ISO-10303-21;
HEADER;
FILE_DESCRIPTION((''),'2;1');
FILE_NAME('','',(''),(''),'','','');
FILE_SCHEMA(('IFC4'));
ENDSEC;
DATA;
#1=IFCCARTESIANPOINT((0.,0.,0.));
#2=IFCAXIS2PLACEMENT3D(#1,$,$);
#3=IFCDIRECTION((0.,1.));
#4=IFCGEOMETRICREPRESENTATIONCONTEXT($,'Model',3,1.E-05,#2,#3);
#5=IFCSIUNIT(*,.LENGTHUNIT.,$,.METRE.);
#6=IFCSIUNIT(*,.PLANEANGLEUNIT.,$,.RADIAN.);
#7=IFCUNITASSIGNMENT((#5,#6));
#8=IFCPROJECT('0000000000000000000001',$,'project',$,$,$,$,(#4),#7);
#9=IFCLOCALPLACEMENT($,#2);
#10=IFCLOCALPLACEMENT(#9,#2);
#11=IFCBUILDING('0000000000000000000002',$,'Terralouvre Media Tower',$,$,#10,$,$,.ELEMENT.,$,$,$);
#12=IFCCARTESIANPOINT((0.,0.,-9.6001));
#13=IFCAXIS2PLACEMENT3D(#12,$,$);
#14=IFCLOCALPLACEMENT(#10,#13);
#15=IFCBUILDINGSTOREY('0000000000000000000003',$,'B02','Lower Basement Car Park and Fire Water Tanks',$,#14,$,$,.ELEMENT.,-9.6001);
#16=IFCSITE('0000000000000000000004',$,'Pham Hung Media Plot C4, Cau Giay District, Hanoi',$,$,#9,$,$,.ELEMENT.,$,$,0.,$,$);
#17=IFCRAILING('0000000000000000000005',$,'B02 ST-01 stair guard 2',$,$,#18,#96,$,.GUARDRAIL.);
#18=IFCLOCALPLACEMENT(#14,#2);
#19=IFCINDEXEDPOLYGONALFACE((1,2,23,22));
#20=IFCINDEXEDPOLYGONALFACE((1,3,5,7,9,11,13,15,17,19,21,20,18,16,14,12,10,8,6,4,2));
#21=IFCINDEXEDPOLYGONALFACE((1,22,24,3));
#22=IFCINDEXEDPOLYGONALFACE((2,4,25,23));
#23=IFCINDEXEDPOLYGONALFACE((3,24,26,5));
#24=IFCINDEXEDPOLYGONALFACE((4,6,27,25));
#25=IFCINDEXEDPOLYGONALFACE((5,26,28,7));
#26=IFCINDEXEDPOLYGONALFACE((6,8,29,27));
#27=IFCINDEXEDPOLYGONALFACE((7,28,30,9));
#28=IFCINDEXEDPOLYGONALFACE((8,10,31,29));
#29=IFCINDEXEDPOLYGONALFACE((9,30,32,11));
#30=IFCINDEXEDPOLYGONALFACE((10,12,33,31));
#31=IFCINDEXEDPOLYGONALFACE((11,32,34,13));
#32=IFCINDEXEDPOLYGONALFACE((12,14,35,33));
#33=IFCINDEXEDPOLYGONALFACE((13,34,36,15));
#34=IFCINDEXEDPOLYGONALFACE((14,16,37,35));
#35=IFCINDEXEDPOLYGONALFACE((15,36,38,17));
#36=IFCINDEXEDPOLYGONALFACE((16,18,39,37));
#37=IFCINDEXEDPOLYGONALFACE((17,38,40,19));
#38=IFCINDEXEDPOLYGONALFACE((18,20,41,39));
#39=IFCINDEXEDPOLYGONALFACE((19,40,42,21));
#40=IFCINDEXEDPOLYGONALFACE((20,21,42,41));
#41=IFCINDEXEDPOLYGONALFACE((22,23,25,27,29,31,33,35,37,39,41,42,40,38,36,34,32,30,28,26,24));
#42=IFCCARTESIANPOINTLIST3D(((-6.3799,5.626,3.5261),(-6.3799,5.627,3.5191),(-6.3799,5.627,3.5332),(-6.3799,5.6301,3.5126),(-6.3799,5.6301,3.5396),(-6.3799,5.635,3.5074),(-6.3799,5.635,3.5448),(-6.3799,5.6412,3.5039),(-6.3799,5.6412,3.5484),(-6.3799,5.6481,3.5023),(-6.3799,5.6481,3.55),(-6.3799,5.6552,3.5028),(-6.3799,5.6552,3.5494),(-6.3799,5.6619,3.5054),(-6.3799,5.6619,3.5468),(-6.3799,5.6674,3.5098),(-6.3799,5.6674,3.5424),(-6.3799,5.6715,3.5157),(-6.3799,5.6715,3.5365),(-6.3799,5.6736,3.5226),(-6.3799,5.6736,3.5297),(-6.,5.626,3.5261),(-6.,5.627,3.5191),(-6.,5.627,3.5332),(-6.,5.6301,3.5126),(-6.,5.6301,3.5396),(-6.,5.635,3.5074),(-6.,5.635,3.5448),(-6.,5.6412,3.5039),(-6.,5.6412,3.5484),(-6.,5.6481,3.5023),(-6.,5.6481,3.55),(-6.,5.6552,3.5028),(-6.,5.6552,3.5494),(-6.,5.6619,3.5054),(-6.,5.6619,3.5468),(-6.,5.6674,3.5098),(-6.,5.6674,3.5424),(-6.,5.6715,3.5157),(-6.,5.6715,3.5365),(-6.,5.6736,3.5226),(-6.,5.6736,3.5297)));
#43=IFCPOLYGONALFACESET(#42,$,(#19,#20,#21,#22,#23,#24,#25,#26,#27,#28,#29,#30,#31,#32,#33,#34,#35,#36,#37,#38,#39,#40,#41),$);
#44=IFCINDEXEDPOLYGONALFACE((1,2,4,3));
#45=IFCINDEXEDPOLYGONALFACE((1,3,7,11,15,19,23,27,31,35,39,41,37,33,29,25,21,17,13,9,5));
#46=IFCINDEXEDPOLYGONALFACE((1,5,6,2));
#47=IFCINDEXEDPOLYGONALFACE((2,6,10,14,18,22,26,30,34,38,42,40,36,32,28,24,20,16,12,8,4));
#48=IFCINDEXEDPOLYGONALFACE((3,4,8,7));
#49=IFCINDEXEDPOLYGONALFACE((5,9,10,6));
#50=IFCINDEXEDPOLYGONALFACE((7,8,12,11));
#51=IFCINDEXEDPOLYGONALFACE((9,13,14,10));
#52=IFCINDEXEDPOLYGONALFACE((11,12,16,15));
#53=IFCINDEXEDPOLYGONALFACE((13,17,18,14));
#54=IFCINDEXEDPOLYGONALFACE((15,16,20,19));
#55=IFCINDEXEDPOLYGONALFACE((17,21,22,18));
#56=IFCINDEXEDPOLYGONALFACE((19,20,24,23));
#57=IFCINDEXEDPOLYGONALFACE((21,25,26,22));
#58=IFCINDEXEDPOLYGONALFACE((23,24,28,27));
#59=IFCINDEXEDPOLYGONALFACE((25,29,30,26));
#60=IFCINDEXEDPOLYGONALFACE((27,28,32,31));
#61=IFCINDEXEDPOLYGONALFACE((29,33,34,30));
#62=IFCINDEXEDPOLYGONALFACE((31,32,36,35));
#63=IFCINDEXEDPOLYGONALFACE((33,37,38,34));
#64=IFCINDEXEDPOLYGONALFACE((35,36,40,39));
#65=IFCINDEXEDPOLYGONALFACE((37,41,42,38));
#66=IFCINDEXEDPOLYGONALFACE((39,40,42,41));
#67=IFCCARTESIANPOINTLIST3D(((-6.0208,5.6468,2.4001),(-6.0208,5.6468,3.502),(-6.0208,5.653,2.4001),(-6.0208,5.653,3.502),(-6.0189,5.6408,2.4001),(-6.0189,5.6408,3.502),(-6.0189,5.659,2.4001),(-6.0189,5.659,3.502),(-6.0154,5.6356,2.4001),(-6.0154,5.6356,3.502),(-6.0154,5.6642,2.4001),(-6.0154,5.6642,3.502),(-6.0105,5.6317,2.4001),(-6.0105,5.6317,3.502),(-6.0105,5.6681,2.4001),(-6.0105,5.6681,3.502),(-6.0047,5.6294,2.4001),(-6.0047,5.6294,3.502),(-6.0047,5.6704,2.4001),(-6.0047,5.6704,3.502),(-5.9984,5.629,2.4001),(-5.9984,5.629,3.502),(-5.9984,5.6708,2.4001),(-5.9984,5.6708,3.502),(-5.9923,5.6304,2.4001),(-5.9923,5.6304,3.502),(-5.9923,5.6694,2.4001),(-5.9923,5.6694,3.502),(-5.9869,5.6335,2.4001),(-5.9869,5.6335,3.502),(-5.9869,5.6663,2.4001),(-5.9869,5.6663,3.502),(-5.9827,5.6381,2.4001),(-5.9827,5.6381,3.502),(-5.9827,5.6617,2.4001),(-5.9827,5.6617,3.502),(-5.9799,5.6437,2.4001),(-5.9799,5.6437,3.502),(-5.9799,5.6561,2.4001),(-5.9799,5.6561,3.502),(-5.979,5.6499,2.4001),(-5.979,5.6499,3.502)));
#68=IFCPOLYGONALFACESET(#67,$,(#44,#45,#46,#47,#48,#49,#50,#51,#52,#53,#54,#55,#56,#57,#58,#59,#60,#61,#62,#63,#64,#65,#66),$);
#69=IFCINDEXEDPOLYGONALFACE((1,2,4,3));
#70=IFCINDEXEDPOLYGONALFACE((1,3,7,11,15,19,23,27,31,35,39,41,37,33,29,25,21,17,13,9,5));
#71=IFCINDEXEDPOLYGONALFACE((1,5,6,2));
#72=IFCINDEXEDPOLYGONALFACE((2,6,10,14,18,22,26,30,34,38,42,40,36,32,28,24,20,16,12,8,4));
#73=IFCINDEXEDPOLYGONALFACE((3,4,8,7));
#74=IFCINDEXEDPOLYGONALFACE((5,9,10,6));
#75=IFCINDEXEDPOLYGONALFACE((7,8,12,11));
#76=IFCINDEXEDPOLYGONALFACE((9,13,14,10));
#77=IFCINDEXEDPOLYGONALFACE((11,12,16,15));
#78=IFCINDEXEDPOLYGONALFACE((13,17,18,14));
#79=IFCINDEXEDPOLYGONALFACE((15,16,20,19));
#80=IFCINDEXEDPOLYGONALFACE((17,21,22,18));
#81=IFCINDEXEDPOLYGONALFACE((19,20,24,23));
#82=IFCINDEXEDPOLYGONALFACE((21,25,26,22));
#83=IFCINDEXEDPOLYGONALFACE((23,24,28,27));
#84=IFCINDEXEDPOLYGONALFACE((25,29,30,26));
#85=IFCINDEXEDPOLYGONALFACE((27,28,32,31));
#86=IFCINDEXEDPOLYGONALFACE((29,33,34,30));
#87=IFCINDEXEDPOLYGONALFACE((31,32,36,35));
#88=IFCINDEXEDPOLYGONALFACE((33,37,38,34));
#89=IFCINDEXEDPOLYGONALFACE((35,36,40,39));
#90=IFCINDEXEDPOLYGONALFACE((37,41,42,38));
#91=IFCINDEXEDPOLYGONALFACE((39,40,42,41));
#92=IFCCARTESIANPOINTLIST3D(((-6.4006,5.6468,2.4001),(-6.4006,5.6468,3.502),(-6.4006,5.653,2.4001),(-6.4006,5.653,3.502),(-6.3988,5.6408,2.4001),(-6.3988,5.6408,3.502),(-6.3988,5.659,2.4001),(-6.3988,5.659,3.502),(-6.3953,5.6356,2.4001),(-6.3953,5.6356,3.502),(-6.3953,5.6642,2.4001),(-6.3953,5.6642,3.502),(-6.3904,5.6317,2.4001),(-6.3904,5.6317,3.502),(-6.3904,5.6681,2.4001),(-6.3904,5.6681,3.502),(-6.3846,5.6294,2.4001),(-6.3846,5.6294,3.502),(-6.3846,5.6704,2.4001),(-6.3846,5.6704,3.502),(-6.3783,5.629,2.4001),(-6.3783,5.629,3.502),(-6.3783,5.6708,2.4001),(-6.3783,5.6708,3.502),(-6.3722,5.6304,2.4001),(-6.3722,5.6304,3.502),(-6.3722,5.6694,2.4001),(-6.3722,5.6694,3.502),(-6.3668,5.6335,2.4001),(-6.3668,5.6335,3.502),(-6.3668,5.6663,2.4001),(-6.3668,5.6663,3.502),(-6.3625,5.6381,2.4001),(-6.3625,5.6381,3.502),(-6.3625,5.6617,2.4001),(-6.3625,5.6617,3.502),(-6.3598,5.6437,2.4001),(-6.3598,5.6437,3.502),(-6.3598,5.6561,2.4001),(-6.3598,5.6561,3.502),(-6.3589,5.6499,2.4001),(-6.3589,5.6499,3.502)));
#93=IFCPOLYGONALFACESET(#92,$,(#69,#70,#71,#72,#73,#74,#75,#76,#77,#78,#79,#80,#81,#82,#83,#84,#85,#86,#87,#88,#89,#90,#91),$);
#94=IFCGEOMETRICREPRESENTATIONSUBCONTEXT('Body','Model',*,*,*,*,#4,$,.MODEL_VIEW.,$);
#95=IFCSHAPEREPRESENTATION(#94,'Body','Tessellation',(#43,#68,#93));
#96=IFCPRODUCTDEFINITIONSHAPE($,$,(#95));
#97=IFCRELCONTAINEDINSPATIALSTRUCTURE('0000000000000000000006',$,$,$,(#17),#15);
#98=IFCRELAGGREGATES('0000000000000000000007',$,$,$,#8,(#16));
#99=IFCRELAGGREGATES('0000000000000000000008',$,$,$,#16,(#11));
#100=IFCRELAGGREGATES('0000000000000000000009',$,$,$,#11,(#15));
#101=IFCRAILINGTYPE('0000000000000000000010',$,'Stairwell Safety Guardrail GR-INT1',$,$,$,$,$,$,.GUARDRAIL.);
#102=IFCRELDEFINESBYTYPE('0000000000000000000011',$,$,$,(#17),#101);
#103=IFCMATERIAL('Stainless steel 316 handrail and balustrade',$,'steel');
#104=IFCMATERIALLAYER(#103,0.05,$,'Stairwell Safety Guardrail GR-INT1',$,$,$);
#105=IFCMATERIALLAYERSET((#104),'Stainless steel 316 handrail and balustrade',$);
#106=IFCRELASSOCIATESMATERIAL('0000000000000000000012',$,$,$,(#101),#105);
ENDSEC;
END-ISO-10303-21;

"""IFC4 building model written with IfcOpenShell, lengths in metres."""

from ifc_helpers import new_model, si_unit, direction, frame, origin, origin_2d, place, context, subcontext, project, spatial, circle, extrude, material, layer, layer_set, type_object, element, save


model = new_model("IFC4")

# Units and contexts
model_context = context("Model", 3, precision=1e-05, world=origin(), true_north=direction((0.0, 1.0)))
body_context = subcontext(model_context, "Body", "Model", "MODEL_VIEW")
ifc_project = project(units=[si_unit("LENGTHUNIT", "METRE"), si_unit("PLANEANGLEUNIT", "RADIAN")], contexts=[model_context])

# Site, building, storey
site_placement = place(None, origin())
site = spatial("IfcSite", under=ifc_project, at=site_placement, Name="Pham Hung Media Plot C4, Cau Giay District, Hanoi", CompositionType="ELEMENT", RefElevation=0.0)
building_placement = place(site_placement, origin())
building = spatial("IfcBuilding", under=site, at=building_placement, Name="Terralouvre Media Tower", CompositionType="ELEMENT")
storey_placement = place(building_placement, frame((0.0, 0.0, -9.6001)))
storey = spatial("IfcBuildingStorey", under=building, at=storey_placement, Name="B02", Description="Lower Basement Car Park and Fire Water Tanks", CompositionType="ELEMENT", Elevation=-9.6001)

# Railing
ifc_material_1 = material(Name="Stainless steel 316 handrail and balustrade", Category="steel")
ifc_layer_1 = layer(ifc_material_1, 0.05, Name="Stairwell Safety Guardrail GR-INT1")
ifc_layer_set_1 = layer_set([ifc_layer_1], Name="Stainless steel 316 handrail and balustrade")
railing_type_1 = type_object("IfcRailingType", Name="Stairwell Safety Guardrail GR-INT1", PredefinedType="GUARDRAIL", material=ifc_layer_set_1)
railing_1_placement = place(storey_placement, frame((-6.0, 5.6499, 2.4001)))
element("IfcRailing", 1, at=railing_1_placement, inside=storey, type_object=railing_type_1, Name="B02 ST-01 stair guard 2", PredefinedType="GUARDRAIL", context=body_context, shape_type="SweptSolid", body=[
    extrude(circle(Radius=0.0239, at=origin_2d()), frame((0.0, 0.0, 1.126), z_axis=(-1.0, 0.0, 0.0), x_axis=(0.0, -1.0, 0.0)), (0.0, 0.0, 1.0), 0.3799),
    extrude(circle(Radius=0.021, at=origin_2d()), origin(), (0.0, 0.0, 1.0), 1.1018),
    extrude(circle(Radius=0.021, at=origin_2d()), frame((-0.3799, 0.0, 0.0)), (0.0, 0.0, 1.0), 1.1018),
])

save(model, "model.ifc")
